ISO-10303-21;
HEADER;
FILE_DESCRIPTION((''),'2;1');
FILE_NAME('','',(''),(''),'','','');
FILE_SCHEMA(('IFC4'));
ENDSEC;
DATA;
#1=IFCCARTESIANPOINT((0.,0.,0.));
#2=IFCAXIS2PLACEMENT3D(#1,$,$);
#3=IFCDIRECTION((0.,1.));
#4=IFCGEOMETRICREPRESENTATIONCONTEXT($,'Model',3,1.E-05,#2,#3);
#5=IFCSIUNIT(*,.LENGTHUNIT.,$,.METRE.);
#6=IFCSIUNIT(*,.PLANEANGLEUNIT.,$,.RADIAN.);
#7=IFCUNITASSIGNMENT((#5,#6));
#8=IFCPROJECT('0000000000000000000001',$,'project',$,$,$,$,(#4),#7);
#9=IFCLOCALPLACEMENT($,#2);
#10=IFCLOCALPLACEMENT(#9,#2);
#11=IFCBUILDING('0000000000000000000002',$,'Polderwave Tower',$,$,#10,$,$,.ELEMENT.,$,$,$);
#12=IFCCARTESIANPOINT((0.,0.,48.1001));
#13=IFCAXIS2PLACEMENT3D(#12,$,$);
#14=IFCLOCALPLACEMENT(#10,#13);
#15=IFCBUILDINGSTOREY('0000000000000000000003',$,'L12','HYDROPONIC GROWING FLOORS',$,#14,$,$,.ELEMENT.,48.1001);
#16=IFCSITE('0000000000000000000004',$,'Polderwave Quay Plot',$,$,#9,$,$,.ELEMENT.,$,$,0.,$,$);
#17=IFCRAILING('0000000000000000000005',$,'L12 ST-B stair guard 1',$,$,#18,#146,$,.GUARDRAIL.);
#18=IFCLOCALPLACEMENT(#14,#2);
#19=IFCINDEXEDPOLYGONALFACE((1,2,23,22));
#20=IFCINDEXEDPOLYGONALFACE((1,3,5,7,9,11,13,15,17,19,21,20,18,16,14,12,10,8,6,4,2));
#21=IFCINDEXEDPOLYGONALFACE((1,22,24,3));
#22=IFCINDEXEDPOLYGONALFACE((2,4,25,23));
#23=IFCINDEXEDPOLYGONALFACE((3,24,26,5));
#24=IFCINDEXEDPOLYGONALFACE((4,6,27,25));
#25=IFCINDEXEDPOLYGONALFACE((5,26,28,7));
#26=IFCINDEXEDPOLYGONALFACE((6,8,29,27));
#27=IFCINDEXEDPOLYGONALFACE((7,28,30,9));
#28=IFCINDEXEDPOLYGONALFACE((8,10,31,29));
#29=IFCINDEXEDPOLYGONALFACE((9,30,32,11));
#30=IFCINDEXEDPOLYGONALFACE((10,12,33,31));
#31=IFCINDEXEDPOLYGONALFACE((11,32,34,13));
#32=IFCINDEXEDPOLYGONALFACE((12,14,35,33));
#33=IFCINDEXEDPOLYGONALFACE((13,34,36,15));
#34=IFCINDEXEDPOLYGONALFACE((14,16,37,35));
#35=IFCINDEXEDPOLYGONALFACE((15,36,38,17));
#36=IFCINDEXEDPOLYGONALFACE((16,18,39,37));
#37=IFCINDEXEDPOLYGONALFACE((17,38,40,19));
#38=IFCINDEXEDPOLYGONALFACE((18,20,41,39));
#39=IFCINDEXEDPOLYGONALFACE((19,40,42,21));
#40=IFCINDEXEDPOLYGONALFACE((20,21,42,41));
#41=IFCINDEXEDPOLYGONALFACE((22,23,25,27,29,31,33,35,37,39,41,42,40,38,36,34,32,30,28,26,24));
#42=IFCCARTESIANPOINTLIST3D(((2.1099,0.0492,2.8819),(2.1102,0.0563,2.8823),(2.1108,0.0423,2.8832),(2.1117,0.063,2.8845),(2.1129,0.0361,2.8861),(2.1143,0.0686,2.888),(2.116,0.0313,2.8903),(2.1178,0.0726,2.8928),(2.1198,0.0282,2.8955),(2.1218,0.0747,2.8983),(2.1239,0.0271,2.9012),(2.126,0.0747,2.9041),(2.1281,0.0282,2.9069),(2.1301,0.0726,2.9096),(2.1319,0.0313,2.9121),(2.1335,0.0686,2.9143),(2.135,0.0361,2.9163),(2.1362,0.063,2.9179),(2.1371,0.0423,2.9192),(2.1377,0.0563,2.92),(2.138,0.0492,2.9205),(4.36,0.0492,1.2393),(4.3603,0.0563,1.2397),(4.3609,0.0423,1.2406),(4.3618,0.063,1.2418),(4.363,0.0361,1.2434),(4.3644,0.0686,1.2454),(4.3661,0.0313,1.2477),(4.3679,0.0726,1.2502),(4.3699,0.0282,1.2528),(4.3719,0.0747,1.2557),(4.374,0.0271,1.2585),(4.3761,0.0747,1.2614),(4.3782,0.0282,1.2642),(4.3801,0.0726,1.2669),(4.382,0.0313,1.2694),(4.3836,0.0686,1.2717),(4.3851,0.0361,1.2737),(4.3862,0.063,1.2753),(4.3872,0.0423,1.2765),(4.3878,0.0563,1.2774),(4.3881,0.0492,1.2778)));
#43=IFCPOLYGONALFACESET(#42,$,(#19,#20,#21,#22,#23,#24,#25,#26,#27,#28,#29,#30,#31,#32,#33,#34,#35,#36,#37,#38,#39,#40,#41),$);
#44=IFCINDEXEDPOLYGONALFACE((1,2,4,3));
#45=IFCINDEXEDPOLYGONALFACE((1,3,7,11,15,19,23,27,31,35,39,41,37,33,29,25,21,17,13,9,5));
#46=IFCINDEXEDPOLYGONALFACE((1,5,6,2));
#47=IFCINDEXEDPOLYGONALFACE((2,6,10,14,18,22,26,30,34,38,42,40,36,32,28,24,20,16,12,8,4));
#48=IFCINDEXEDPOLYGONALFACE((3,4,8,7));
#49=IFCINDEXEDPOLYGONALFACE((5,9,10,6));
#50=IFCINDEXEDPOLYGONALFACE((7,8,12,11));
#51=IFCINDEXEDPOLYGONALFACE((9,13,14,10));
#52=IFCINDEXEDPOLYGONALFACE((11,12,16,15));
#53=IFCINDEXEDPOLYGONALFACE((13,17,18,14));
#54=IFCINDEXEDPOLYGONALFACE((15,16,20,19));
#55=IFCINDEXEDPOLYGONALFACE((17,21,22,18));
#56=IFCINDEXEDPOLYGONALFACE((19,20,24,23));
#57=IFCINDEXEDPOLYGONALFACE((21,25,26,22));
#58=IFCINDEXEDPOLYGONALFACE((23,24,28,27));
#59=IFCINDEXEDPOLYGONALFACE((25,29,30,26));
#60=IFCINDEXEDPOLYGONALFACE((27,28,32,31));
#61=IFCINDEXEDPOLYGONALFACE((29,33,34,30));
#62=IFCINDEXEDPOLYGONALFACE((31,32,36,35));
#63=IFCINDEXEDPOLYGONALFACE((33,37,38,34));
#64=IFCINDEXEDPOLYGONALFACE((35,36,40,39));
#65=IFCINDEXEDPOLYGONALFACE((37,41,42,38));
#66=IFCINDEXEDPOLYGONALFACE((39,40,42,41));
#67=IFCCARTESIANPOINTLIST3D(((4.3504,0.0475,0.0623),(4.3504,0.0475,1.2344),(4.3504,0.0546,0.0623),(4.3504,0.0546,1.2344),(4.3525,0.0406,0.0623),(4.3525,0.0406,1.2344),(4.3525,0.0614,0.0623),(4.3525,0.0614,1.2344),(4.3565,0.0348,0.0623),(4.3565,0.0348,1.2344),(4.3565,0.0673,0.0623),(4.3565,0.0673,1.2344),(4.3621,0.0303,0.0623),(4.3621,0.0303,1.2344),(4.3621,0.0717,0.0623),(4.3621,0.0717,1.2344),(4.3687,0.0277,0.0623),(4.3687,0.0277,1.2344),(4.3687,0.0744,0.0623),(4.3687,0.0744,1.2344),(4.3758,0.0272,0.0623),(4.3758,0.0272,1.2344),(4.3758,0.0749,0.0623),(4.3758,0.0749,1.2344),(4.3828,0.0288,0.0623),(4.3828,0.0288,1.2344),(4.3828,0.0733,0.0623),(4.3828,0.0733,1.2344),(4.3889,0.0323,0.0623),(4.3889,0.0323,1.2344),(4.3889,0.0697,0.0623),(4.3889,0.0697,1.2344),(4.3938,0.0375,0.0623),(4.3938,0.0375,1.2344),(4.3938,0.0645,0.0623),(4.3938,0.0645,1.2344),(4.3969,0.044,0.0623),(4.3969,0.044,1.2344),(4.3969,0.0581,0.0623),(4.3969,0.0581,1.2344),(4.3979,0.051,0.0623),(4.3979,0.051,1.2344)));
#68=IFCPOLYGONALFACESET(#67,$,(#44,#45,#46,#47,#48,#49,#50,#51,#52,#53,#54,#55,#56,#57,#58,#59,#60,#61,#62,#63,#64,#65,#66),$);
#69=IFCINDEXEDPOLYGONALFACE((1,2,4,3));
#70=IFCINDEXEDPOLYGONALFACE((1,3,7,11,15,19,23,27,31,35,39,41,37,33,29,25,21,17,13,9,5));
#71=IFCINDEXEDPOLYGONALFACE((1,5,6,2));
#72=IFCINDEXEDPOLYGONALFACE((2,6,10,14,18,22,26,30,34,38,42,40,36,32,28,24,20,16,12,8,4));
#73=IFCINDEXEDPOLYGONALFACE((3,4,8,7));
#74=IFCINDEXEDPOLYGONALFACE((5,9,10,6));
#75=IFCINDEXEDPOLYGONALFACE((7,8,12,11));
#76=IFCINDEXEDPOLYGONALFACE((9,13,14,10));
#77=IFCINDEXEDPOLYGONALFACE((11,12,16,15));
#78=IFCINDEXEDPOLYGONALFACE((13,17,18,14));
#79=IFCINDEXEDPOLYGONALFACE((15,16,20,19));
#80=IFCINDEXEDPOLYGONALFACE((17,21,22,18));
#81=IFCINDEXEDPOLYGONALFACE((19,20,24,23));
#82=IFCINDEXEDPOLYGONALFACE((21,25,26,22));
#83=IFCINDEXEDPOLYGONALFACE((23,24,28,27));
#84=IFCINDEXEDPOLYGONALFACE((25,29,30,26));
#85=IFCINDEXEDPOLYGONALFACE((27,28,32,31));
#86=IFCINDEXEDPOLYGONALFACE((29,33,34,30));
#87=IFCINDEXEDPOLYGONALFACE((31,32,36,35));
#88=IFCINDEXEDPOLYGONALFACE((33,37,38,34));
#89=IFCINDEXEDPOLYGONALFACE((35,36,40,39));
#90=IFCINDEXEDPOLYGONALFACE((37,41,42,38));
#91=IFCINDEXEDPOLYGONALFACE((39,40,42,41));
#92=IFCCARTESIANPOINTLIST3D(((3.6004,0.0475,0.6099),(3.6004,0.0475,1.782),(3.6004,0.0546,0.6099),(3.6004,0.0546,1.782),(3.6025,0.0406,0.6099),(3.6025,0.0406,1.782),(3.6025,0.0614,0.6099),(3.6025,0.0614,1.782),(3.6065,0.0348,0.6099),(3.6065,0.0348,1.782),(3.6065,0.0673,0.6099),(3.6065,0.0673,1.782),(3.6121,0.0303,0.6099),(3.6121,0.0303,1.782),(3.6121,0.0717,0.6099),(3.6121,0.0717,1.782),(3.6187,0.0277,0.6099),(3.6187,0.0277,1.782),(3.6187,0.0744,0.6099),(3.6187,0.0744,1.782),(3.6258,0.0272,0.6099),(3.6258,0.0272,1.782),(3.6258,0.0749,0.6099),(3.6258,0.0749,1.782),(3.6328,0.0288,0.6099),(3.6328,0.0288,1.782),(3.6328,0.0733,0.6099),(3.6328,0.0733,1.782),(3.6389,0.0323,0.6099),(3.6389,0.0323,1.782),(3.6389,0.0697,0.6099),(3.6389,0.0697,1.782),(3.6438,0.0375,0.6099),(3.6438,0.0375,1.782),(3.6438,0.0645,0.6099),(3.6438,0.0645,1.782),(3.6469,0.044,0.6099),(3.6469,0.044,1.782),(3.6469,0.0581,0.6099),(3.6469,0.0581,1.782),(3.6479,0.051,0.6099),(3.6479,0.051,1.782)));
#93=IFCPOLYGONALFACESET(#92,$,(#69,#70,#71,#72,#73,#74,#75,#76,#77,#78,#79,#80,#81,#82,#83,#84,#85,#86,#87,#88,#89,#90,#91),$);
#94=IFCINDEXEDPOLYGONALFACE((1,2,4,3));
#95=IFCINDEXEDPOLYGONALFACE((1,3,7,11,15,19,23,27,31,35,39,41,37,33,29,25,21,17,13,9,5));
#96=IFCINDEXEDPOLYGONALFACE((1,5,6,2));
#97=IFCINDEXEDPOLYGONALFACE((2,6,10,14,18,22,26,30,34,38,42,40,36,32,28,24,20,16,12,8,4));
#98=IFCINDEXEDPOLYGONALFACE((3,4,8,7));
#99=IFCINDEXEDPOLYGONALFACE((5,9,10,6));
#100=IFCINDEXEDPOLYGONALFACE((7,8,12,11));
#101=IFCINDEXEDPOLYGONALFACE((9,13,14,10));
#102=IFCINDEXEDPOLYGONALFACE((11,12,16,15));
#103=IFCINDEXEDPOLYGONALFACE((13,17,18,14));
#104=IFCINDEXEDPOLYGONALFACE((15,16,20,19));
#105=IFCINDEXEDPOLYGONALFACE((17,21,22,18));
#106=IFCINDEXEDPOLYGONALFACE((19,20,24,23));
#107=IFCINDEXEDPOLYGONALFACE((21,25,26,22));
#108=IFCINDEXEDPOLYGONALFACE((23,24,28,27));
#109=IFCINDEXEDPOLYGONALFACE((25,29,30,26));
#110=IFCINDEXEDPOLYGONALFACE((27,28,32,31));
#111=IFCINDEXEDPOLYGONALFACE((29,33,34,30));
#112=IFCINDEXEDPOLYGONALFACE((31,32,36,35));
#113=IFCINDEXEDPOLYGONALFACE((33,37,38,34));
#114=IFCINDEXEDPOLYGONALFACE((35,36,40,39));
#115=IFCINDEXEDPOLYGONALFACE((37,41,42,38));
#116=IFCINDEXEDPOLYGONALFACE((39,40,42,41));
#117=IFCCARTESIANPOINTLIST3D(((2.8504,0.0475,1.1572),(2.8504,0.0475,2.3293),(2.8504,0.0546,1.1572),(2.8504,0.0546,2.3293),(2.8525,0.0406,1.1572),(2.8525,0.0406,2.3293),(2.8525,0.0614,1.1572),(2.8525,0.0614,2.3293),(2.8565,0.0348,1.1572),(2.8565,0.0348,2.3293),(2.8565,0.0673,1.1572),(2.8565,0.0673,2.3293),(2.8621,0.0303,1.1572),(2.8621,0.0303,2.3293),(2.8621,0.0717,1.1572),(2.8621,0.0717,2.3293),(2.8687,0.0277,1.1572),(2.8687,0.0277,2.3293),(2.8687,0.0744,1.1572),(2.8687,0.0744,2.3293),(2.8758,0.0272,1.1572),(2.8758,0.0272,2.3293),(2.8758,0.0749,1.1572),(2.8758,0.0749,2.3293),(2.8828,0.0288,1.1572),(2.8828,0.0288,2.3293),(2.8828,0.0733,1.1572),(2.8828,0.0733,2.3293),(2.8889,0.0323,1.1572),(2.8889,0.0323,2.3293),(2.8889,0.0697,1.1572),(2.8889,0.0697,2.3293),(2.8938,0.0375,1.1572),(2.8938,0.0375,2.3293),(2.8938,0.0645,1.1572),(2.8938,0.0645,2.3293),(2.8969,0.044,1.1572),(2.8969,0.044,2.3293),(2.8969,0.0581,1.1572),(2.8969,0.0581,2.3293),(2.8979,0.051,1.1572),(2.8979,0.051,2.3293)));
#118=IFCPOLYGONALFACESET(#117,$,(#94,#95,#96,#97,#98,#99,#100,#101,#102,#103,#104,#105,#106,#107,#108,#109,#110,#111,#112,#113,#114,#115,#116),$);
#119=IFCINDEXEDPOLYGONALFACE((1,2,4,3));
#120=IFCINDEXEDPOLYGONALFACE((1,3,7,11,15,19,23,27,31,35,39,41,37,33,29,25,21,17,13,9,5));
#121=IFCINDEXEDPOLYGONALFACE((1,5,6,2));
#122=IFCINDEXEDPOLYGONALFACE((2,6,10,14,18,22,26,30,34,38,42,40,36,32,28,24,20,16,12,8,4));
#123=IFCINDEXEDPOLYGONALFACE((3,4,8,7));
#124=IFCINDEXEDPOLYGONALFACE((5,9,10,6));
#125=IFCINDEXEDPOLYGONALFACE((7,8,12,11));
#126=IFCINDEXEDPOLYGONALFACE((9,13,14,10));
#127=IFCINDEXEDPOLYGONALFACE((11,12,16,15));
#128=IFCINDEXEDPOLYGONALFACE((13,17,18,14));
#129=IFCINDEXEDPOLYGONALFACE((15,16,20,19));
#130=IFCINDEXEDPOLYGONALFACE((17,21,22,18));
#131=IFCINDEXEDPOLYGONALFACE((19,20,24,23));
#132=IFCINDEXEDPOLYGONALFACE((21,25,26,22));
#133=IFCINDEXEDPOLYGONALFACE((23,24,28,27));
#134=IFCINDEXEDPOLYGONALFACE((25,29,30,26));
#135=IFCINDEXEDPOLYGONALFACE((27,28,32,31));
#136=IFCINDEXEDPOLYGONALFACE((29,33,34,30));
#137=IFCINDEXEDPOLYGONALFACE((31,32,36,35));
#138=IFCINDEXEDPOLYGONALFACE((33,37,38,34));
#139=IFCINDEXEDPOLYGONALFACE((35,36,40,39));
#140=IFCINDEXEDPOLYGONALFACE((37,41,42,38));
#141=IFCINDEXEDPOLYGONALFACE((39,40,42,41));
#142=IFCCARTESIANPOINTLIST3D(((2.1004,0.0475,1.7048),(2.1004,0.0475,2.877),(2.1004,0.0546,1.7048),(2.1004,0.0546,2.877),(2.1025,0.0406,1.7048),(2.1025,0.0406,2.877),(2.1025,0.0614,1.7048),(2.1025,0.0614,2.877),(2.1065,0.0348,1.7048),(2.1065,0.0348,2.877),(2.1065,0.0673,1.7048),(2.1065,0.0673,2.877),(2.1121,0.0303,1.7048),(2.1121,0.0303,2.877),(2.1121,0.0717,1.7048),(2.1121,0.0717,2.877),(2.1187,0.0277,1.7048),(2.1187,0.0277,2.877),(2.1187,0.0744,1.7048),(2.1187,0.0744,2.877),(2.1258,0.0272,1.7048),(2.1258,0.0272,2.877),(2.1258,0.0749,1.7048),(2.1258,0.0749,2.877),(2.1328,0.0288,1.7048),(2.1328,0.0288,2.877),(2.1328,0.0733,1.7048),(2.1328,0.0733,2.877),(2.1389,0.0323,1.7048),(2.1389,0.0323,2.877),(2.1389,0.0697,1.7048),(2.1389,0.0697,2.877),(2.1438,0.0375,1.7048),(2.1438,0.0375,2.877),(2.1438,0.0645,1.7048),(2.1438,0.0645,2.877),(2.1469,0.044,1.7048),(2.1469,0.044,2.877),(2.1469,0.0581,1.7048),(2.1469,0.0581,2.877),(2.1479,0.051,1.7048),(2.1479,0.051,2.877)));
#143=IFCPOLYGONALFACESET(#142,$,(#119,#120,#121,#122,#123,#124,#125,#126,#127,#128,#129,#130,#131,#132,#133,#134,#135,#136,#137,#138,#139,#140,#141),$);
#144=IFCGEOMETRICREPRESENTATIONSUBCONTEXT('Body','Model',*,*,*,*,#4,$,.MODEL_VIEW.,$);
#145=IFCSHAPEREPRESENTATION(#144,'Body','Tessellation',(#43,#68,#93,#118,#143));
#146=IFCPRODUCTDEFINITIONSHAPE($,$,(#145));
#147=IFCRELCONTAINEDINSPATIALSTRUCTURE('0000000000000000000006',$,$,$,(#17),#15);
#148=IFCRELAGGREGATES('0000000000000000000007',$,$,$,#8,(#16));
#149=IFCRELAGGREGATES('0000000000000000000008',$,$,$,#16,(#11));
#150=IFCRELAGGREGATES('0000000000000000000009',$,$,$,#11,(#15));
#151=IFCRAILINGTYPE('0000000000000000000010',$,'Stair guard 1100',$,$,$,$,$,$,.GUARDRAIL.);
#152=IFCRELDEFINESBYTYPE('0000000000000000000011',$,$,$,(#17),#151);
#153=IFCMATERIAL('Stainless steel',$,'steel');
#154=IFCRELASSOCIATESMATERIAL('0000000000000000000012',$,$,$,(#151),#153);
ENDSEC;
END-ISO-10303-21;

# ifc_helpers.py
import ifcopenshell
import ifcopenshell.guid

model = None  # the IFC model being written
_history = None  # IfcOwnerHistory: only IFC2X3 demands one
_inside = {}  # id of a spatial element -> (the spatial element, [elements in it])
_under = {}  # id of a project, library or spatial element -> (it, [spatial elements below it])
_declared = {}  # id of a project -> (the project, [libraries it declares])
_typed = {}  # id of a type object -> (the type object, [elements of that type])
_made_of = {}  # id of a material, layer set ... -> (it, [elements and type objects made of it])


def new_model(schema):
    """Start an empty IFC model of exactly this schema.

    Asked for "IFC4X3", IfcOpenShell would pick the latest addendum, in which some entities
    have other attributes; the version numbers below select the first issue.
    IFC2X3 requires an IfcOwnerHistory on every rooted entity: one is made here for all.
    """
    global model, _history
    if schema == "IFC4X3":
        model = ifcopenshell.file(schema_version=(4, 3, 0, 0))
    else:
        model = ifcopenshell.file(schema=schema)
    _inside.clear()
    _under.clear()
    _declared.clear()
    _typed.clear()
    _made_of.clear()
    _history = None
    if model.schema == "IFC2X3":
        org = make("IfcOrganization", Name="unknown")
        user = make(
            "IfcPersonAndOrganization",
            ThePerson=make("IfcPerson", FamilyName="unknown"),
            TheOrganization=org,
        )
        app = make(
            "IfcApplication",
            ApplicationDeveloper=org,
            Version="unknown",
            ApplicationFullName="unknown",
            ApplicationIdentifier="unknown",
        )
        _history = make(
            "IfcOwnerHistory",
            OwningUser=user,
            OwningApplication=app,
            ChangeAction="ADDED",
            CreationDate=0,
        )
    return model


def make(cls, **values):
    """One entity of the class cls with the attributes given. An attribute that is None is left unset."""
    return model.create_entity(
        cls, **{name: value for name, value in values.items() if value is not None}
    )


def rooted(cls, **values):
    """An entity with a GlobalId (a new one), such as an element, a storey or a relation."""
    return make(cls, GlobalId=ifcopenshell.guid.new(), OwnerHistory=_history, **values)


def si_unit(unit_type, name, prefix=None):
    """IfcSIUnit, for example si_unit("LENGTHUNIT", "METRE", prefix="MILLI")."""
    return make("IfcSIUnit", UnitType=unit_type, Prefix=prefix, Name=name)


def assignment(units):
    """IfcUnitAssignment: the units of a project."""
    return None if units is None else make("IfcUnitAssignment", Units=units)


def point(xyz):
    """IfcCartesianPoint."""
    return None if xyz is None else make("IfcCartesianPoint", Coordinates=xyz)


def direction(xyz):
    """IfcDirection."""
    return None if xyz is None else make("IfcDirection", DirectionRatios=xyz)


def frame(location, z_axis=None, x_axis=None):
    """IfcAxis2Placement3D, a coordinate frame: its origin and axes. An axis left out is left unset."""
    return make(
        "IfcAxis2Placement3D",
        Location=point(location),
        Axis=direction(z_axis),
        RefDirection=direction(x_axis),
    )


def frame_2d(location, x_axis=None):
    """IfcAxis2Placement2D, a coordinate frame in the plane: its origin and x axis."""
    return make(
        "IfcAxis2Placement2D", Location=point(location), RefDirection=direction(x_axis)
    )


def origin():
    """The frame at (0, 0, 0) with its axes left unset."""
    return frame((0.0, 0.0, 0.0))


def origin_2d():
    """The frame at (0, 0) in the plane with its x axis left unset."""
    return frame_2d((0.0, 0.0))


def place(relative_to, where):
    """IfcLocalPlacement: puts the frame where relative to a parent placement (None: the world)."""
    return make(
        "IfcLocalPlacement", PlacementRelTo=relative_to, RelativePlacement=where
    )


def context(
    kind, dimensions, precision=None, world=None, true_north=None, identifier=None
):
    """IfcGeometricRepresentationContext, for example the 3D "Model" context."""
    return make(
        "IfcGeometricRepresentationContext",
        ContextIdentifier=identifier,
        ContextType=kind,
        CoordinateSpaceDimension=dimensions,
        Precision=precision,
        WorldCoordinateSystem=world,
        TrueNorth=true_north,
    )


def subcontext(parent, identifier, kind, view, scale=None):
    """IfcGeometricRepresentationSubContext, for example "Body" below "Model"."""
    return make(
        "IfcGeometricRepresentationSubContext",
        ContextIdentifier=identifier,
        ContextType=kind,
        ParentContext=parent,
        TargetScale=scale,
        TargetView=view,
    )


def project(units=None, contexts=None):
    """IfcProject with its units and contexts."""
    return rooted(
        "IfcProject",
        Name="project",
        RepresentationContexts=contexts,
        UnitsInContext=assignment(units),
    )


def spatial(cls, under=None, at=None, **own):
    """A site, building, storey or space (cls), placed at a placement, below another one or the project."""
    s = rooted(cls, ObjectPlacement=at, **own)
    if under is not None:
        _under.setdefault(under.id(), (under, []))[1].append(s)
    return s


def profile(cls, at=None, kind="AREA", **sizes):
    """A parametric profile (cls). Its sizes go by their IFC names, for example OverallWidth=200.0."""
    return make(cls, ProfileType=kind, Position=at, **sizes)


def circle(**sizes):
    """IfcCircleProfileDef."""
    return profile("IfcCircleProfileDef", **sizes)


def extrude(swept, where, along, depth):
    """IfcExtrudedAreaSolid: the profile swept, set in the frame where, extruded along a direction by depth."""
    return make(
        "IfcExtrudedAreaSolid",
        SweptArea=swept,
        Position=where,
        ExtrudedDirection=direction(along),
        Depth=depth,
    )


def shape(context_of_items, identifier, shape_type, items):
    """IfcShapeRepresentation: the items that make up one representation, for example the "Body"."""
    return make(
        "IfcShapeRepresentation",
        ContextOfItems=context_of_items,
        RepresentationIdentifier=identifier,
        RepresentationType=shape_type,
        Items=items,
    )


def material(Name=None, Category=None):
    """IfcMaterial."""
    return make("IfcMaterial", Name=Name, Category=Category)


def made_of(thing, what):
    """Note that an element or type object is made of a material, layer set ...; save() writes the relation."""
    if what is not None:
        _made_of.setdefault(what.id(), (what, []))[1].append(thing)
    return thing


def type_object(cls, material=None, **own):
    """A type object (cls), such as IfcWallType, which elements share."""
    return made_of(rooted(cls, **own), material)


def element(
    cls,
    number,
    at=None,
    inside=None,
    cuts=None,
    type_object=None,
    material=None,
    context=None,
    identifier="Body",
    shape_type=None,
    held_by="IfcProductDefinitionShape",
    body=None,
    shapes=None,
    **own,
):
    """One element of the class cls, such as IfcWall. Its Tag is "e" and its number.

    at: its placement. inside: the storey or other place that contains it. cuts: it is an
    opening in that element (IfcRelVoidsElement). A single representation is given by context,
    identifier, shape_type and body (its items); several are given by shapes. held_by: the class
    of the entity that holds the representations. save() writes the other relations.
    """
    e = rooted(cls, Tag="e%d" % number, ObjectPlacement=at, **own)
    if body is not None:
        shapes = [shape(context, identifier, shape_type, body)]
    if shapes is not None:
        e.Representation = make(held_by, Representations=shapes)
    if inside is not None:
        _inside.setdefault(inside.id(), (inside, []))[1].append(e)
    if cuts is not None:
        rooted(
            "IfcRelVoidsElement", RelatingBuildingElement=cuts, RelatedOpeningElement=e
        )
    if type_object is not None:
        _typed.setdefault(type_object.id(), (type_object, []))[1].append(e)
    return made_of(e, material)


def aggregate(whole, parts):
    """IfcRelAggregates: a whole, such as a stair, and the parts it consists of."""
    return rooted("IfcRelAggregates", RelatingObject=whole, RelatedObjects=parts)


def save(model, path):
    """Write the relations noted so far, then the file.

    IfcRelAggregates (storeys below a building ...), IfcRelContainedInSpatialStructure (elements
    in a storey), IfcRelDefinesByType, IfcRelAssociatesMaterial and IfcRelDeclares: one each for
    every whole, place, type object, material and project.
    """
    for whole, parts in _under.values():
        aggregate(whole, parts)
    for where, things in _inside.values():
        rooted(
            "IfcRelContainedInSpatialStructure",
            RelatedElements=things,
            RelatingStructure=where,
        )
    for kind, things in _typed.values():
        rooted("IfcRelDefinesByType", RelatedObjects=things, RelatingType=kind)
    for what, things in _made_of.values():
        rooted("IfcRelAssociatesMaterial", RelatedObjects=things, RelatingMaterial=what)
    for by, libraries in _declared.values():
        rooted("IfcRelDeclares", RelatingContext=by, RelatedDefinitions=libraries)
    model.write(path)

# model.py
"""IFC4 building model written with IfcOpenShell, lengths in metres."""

from ifc_helpers import new_model, si_unit, direction, frame, origin, origin_2d, place, context, subcontext, project, spatial, circle, extrude, material, type_object, element, save


model = new_model("IFC4")

# Units and contexts
model_context = context("Model", 3, precision=1e-05, world=origin(), true_north=direction((0.0, 1.0)))
body_context = subcontext(model_context, "Body", "Model", "MODEL_VIEW")
ifc_project = project(units=[si_unit("LENGTHUNIT", "METRE"), si_unit("PLANEANGLEUNIT", "RADIAN")], contexts=[model_context])

# Site, building, storey
site_placement = place(None, origin())
site = spatial("IfcSite", under=ifc_project, at=site_placement, Name="Polderwave Quay Plot", CompositionType="ELEMENT", RefElevation=0.0)
building_placement = place(site_placement, origin())
building = spatial("IfcBuilding", under=site, at=building_placement, Name="Polderwave Tower", CompositionType="ELEMENT")
storey_placement = place(building_placement, frame((0.0, 0.0, 48.1001)))
storey = spatial("IfcBuildingStorey", under=building, at=storey_placement, Name="L12", Description="HYDROPONIC GROWING FLOORS", CompositionType="ELEMENT", Elevation=48.1001)

# Railing
ifc_material_1 = material(Name="Stainless steel", Category="steel")
railing_type_1 = type_object("IfcRailingType", Name="Stair guard 1100", PredefinedType="GUARDRAIL", material=ifc_material_1)
railing_1_placement = place(storey_placement, frame((4.374, 0.051, 0.0623)))
element("IfcRailing", 1, at=railing_1_placement, inside=storey, type_object=railing_type_1, Name="L12 ST-B stair guard 1", PredefinedType="GUARDRAIL", context=body_context, shape_type="SweptSolid", body=[
    extrude(circle(Radius=0.0239, at=origin_2d()), frame((0.0, 0.0, 1.1963), z_axis=(-0.807674, 0.0, 0.58963), x_axis=(0.0, -1.0, 0.0)), (0.0, 0.0, 1.0), 2.7859),
    extrude(circle(Radius=0.0239, at=origin_2d()), origin(), (0.0, 0.0, 1.0), 1.1721),
    extrude(circle(Radius=0.0239, at=origin_2d()), frame((-0.75, 0.0, 0.5476)), (0.0, 0.0, 1.0), 1.1721),
    extrude(circle(Radius=0.0239, at=origin_2d()), frame((-1.5, 0.0, 1.095)), (0.0, 0.0, 1.0), 1.1721),
    extrude(circle(Radius=0.0239, at=origin_2d()), frame((-2.25, 0.0, 1.6426)), (0.0, 0.0, 1.0), 1.1721),
])

save(model, "model.ifc")
